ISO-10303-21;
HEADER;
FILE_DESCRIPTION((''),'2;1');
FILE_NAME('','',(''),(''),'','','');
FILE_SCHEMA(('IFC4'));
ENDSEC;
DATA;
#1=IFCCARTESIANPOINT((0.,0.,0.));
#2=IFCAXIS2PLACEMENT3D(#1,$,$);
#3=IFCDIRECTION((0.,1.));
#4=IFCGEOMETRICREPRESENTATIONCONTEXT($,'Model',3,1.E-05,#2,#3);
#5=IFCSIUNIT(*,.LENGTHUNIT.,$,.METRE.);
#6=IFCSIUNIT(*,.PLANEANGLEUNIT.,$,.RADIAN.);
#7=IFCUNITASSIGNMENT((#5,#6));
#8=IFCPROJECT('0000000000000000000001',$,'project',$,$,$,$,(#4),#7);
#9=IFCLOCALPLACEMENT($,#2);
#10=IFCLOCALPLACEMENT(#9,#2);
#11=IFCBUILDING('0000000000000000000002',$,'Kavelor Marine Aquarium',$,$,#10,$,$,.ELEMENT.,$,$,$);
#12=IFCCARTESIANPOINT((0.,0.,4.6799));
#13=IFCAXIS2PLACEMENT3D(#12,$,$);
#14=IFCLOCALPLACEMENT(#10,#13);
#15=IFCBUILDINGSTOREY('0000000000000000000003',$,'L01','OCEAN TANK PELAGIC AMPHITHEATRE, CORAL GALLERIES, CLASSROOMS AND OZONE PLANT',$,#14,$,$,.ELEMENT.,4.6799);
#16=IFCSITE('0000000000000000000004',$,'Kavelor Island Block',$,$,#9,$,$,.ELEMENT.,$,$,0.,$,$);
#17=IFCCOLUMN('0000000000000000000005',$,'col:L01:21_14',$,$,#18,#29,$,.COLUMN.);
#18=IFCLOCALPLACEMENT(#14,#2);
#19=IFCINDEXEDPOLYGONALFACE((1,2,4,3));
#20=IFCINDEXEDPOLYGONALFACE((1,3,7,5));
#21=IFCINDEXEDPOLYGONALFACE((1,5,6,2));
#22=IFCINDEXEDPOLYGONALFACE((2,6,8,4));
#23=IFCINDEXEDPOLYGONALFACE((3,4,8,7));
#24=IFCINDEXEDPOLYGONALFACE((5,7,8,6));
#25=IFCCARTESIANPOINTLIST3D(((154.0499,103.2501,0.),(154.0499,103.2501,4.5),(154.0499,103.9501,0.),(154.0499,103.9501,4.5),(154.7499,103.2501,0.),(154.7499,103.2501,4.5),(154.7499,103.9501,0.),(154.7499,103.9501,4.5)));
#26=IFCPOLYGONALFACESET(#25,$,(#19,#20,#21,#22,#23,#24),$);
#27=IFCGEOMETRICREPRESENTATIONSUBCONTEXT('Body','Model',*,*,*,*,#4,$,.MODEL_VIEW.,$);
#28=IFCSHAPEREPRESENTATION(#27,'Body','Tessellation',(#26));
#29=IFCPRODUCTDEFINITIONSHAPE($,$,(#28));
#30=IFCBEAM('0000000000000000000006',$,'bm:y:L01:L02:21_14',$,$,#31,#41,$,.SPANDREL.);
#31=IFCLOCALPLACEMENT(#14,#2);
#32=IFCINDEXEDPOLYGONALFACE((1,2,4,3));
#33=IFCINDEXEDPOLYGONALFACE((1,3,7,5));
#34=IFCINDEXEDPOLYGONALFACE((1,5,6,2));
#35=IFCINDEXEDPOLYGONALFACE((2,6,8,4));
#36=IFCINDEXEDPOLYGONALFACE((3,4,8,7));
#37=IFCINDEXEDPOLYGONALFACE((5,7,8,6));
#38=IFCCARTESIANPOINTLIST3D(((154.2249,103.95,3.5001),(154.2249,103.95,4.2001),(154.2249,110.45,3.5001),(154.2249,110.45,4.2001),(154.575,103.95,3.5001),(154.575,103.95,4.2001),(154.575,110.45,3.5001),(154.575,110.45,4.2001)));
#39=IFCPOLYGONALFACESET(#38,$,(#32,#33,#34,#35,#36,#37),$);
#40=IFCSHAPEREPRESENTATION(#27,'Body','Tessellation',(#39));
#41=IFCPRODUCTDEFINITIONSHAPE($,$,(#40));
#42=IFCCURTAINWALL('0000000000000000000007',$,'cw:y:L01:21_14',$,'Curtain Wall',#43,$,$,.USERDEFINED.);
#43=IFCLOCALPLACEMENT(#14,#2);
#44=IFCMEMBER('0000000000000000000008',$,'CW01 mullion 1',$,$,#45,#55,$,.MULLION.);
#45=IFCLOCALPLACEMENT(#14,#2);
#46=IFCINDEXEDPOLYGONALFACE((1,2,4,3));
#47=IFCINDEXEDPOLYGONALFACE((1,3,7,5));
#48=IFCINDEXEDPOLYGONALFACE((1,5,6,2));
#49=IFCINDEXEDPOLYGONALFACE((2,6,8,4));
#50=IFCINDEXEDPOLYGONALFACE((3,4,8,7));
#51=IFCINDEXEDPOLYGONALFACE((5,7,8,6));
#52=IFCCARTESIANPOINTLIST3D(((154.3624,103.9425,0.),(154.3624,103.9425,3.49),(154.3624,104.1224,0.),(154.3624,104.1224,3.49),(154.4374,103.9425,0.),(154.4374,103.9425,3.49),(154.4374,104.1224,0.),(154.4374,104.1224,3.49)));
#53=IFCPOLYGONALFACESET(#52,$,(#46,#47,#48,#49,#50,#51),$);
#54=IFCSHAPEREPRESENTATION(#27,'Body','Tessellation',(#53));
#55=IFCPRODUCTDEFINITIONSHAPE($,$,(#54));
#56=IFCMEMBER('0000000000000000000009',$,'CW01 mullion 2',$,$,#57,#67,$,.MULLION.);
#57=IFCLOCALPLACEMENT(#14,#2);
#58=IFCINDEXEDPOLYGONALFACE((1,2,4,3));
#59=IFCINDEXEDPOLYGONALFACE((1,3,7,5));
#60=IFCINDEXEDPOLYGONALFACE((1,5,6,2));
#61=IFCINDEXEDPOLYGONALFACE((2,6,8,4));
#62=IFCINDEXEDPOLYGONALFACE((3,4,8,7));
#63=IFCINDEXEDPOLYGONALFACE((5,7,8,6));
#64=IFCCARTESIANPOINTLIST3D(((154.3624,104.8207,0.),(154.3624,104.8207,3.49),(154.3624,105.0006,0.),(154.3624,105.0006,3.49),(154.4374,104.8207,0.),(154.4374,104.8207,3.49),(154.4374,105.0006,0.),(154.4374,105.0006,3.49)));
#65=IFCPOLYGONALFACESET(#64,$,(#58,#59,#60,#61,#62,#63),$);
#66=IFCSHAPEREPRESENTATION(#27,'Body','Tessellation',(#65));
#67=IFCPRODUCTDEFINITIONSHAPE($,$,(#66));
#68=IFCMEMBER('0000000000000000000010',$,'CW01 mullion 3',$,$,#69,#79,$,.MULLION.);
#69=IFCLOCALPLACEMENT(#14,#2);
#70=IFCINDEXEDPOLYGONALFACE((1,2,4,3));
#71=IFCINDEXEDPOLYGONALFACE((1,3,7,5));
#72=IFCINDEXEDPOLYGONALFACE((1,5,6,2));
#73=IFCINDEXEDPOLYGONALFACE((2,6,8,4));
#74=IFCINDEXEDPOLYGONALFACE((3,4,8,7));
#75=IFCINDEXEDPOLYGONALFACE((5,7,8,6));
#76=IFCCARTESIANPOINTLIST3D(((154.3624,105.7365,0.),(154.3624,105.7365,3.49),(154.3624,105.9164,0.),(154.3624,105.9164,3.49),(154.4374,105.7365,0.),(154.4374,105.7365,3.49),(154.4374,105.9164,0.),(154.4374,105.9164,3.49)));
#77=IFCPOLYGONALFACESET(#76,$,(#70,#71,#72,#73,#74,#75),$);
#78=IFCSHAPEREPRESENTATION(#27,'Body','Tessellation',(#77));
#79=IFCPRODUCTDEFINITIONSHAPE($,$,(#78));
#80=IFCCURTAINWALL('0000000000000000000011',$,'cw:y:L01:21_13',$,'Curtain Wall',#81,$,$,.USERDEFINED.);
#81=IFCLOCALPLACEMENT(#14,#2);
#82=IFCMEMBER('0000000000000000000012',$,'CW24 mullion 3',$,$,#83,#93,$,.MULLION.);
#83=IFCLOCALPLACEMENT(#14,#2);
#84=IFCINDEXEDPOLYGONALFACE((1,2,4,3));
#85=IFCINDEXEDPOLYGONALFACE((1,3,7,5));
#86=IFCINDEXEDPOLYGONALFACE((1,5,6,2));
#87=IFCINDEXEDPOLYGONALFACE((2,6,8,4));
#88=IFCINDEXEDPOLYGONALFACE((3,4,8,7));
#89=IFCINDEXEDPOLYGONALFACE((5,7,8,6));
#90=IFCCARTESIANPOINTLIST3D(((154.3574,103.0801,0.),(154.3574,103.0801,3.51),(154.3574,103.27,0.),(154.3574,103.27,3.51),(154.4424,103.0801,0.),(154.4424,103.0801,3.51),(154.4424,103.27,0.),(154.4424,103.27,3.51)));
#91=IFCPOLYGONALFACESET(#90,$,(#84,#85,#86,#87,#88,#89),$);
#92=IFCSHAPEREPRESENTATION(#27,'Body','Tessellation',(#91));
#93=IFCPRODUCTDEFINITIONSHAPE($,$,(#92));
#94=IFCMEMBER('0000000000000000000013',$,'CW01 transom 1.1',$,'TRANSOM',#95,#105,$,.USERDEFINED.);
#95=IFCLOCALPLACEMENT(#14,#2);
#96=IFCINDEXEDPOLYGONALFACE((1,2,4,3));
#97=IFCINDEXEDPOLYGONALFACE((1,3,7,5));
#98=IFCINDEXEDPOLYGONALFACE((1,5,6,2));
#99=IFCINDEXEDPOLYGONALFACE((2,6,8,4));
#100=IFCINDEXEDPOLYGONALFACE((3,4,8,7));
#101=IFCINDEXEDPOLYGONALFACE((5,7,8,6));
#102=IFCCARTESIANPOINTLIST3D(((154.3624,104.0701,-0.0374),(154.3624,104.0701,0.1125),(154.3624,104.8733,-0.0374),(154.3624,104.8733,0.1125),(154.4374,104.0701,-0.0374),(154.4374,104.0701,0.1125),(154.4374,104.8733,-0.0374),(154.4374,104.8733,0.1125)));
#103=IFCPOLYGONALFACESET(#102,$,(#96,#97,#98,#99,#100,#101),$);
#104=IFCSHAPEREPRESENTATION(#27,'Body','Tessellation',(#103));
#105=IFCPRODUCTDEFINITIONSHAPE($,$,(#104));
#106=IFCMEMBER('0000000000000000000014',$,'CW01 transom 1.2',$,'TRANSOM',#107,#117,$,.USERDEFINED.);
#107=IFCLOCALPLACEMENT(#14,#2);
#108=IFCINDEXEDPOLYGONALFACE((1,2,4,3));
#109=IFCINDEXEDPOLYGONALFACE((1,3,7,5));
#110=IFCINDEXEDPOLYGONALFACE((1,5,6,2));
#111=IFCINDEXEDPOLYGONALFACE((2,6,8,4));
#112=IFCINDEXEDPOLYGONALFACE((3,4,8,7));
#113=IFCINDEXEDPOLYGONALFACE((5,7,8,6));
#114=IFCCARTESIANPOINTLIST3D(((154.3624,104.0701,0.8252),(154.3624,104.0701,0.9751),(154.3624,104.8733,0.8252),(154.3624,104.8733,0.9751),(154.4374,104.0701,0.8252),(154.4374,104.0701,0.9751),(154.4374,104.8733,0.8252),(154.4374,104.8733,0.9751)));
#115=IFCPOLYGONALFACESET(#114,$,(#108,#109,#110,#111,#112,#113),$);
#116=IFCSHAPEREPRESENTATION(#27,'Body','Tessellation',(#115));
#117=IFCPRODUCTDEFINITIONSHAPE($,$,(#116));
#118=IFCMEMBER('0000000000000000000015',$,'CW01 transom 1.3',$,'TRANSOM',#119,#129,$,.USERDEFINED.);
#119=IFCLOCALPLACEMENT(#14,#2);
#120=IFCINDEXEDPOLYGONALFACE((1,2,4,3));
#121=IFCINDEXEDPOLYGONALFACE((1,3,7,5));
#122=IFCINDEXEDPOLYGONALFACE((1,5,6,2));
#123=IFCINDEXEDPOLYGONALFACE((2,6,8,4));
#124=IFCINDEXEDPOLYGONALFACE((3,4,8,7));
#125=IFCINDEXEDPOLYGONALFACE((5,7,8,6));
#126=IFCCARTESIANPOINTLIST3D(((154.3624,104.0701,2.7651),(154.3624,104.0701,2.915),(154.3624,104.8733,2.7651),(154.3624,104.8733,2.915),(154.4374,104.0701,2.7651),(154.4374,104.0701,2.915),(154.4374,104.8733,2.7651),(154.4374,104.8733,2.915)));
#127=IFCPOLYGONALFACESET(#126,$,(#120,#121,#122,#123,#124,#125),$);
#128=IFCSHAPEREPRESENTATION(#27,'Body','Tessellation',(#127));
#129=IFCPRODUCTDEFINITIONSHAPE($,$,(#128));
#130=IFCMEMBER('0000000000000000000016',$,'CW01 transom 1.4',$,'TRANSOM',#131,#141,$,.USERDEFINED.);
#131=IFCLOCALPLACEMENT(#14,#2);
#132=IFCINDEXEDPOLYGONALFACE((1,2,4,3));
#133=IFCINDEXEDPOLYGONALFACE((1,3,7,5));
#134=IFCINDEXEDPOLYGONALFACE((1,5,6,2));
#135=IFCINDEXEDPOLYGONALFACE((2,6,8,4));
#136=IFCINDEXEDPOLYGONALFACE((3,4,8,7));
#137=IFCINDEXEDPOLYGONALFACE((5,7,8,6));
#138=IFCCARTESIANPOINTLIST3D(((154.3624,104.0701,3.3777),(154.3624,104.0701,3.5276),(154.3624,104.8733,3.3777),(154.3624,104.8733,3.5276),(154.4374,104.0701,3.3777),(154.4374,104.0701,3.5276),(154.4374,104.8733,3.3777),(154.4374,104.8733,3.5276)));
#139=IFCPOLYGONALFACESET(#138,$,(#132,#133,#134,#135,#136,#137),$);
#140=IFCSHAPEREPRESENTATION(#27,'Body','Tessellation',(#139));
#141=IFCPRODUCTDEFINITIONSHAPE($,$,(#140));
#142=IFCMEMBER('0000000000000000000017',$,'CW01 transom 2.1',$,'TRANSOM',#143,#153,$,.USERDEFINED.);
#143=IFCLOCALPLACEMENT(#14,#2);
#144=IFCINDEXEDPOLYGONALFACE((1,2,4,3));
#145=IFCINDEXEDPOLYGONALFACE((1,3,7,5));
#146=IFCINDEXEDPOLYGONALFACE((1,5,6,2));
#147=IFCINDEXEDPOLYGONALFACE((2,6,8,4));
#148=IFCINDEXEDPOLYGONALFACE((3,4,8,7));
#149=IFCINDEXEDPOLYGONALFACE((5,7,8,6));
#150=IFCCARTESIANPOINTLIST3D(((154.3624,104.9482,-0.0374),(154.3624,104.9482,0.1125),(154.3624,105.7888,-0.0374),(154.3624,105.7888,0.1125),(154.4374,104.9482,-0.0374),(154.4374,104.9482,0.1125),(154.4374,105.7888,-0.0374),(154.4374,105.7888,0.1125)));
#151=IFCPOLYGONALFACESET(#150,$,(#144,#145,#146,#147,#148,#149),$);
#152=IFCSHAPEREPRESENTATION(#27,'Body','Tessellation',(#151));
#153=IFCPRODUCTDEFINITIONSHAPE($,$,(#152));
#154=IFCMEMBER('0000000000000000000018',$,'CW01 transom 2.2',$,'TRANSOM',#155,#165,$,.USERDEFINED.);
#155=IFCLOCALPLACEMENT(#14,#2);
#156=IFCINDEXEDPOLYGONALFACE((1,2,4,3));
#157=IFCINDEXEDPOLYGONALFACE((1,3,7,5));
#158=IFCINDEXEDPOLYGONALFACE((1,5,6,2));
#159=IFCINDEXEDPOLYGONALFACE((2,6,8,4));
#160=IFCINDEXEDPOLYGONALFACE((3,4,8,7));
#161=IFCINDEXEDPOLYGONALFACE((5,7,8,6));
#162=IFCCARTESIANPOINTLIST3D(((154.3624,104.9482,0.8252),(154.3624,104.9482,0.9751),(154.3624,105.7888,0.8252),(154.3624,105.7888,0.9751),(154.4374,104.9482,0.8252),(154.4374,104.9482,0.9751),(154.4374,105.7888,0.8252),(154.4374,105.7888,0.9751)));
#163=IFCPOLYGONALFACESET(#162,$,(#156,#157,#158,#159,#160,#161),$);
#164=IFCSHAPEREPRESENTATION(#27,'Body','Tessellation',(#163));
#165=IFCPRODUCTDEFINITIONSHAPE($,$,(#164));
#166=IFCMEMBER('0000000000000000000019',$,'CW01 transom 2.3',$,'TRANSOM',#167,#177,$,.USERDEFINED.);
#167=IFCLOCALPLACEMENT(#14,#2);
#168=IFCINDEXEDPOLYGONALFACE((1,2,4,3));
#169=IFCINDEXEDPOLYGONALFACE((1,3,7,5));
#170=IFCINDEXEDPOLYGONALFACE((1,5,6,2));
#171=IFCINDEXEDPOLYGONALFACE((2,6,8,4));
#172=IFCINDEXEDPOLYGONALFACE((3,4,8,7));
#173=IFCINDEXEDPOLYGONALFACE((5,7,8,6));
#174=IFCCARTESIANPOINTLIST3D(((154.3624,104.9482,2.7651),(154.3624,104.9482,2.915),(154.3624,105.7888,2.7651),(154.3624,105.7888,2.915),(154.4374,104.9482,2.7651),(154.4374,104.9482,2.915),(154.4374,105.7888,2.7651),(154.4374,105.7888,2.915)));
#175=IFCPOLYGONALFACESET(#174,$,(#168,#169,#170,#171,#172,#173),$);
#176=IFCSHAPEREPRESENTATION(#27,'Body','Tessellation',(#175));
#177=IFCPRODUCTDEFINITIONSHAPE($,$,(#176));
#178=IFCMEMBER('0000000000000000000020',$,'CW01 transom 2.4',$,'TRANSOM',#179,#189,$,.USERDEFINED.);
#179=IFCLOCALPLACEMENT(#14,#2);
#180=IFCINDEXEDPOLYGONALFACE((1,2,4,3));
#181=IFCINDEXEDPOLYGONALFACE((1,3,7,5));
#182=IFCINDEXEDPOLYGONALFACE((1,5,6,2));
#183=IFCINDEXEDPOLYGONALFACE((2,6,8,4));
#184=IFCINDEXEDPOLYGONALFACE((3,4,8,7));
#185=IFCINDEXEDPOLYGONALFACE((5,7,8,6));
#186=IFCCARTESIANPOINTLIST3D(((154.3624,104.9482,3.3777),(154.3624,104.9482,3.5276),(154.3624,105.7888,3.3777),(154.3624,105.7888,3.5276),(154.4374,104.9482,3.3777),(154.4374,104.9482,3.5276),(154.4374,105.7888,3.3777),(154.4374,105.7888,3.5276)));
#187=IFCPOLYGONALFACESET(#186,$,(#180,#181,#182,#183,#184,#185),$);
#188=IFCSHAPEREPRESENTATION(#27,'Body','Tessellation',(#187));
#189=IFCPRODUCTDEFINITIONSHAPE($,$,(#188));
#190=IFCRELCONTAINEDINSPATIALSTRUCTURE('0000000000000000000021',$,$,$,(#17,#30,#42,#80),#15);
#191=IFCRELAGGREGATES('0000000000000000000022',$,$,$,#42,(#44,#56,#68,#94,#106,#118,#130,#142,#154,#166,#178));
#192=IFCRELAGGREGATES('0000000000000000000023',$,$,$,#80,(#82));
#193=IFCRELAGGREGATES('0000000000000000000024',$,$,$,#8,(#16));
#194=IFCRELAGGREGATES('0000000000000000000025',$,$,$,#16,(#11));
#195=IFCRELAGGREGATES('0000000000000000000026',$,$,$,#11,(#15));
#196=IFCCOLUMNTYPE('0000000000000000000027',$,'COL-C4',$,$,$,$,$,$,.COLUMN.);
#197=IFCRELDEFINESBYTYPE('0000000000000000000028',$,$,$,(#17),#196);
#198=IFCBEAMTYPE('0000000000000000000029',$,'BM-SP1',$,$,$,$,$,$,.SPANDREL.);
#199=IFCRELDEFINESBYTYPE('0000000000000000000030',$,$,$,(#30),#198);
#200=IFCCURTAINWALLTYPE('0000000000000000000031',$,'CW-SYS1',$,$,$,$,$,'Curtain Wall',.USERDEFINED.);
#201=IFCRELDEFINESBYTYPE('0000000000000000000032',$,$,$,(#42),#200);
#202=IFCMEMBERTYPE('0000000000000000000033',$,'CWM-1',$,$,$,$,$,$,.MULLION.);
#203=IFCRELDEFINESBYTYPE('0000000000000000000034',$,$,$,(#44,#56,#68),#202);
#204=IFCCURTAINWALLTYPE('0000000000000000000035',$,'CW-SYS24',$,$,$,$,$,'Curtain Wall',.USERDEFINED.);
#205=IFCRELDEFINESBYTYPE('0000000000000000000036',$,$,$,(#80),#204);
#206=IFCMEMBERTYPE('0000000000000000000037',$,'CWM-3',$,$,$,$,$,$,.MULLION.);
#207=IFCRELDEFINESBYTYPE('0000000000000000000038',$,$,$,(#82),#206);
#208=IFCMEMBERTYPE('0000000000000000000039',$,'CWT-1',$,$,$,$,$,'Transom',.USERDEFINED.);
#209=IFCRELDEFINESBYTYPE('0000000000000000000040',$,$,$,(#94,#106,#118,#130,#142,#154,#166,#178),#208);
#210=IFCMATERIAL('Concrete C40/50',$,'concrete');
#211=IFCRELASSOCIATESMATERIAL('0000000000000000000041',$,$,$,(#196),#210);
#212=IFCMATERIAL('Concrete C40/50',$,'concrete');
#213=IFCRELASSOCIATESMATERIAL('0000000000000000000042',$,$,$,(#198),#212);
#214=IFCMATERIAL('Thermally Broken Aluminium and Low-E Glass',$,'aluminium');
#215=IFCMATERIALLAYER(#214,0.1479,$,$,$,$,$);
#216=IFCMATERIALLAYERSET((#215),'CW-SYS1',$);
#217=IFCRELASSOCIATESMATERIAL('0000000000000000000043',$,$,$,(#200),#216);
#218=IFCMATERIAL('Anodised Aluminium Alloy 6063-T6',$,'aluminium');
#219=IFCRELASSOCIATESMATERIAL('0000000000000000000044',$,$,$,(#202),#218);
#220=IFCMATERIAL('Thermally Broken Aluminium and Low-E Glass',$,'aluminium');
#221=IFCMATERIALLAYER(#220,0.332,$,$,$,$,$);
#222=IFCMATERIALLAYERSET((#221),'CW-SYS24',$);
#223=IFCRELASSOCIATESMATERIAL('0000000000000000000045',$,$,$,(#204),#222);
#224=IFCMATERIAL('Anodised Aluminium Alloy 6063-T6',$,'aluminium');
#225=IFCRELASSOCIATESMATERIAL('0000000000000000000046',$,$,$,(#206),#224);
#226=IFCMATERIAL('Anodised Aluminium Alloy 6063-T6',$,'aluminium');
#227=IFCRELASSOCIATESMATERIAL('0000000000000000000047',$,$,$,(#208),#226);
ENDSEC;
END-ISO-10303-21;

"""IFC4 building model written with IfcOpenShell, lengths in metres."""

from ifc_helpers import new_model, si_unit, direction, frame, origin, origin_2d, place, context, subcontext, project, spatial, rectangle, extrude, material, layer, layer_set, material_profile, profile_set, type_object, element, aggregate, save


model = new_model("IFC4")

# Units and contexts
model_context = context("Model", 3, precision=1e-05, world=origin(), true_north=direction((0.0, 1.0)))
body_context = subcontext(model_context, "Body", "Model", "MODEL_VIEW")
ifc_project = project(units=[si_unit("LENGTHUNIT", "METRE"), si_unit("PLANEANGLEUNIT", "RADIAN")], contexts=[model_context])

# Site, building, storey
site_placement = place(None, origin())
site = spatial("IfcSite", under=ifc_project, at=site_placement, Name="Kavelor Island Block", CompositionType="ELEMENT", RefElevation=0.0)
building_placement = place(site_placement, origin())
building = spatial("IfcBuilding", under=site, at=building_placement, Name="Kavelor Marine Aquarium", CompositionType="ELEMENT")
storey_placement = place(building_placement, frame((0.0, 0.0, 4.6799)))
storey = spatial("IfcBuildingStorey", under=building, at=storey_placement, Name="L01", Description="OCEAN TANK PELAGIC AMPHITHEATRE, CORAL GALLERIES, CLASSROOMS AND OZONE PLANT", CompositionType="ELEMENT", Elevation=4.6799)

# Column
ifc_material_1 = material(Name="Concrete C40/50", Category="concrete")
ifc_material_profile_1 = material_profile(ifc_material_1, rectangle(XDim=0.7, YDim=0.7, at=origin_2d()), Name="RC-COL 700x700")
ifc_profile_set_1 = profile_set([ifc_material_profile_1], Name="Concrete C40/50")
column_type = type_object("IfcColumnType", Name="COL-C4", PredefinedType="COLUMN", material=ifc_profile_set_1)
column_placement = place(storey_placement, frame((154.3999, 103.6001, 0.0), z_axis=(0.0, 0.0, 1.0), x_axis=(1.0, 0.0, 0.0)))
element("IfcColumn", 1, at=column_placement, inside=storey, type_object=column_type, Name="col:L01:21_14", PredefinedType="COLUMN", context=body_context, shape_type="SweptSolid", body=[
    extrude(rectangle(XDim=0.7, YDim=0.7, at=origin_2d()), origin(), (0.0, 0.0, 1.0), 4.5),
])

# Beam
ifc_material_2 = material(Name="Concrete C40/50", Category="concrete")
ifc_material_profile_2 = material_profile(ifc_material_2, rectangle(XDim=0.3501, YDim=0.7, at=origin_2d()), Name="RC-SP 350x700")
ifc_profile_set_2 = profile_set([ifc_material_profile_2], Name="Concrete C40/50")
beam_type = type_object("IfcBeamType", Name="BM-SP1", PredefinedType="SPANDREL", material=ifc_profile_set_2)
beam_placement = place(storey_placement, frame((154.3999, 103.95, 3.8501), z_axis=(0.0, 1.0, 0.0), x_axis=(-1.0, 0.0, 0.0)))
element("IfcBeam", 2, at=beam_placement, inside=storey, type_object=beam_type, Name="bm:y:L01:L02:21_14", PredefinedType="SPANDREL", context=body_context, shape_type="SweptSolid", body=[
    extrude(rectangle(XDim=0.3501, YDim=0.7, at=origin_2d()), origin(), (0.0, 0.0, 1.0), 6.5),
])

# Curtain wall, members
ifc_material_3 = material(Name="Thermally Broken Aluminium and Low-E Glass", Category="aluminium")
ifc_layer_1 = layer(ifc_material_3, 0.1479)
ifc_layer_set_1 = layer_set([ifc_layer_1], Name="CW-SYS1")
curtain_wall_type_1 = type_object("IfcCurtainWallType", Name="CW-SYS1", ElementType="Curtain Wall", PredefinedType="USERDEFINED", material=ifc_layer_set_1)
curtain_wall_1_placement = place(storey_placement, origin())
curtain_wall_1 = element("IfcCurtainWall", 3, at=curtain_wall_1_placement, inside=storey, type_object=curtain_wall_type_1, Name="cw:y:L01:21_14", ObjectType="Curtain Wall", PredefinedType="USERDEFINED")
ifc_material_4 = material(Name="Anodised Aluminium Alloy 6063-T6", Category="aluminium")
ifc_material_profile_3 = material_profile(ifc_material_4, rectangle(XDim=0.075, YDim=0.1799, at=origin_2d()), Name="CW-MUL 75x180")
ifc_profile_set_3 = profile_set([ifc_material_profile_3], Name="Anodised Aluminium Alloy 6063-T6")
member_type_1 = type_object("IfcMemberType", Name="CWM-1", PredefinedType="MULLION", material=ifc_profile_set_3)
member_1_placement = place(storey_placement, frame((154.3999, 104.0325, 0.0), z_axis=(0.0, 0.0, 1.0), x_axis=(-1.0, 0.0, 0.0)))
member_1 = element("IfcMember", 4, at=member_1_placement, type_object=member_type_1, Name="CW01 mullion 1", PredefinedType="MULLION", context=body_context, shape_type="SweptSolid", body=[
    extrude(rectangle(XDim=0.075, YDim=0.1799, at=origin_2d()), origin(), (0.0, 0.0, 1.0), 3.49),
])
member_2_placement = place(storey_placement, frame((154.3999, 104.9106, 0.0), z_axis=(0.0, 0.0, 1.0), x_axis=(-1.0, 0.0, 0.0)))
member_2 = element("IfcMember", 5, at=member_2_placement, type_object=member_type_1, Name="CW01 mullion 2", PredefinedType="MULLION", context=body_context, shape_type="SweptSolid", body=[
    extrude(rectangle(XDim=0.075, YDim=0.1799, at=origin_2d()), origin(), (0.0, 0.0, 1.0), 3.49),
])
member_3_placement = place(storey_placement, frame((154.3999, 105.8264, 0.0), z_axis=(0.0, 0.0, 1.0), x_axis=(-1.0, 0.0, 0.0)))
member_3 = element("IfcMember", 6, at=member_3_placement, type_object=member_type_1, Name="CW01 mullion 3", PredefinedType="MULLION", context=body_context, shape_type="SweptSolid", body=[
    extrude(rectangle(XDim=0.075, YDim=0.1799, at=origin_2d()), origin(), (0.0, 0.0, 1.0), 3.49),
])

# Curtain wall, member
ifc_material_5 = material(Name="Thermally Broken Aluminium and Low-E Glass", Category="aluminium")
ifc_layer_2 = layer(ifc_material_5, 0.332)
ifc_layer_set_2 = layer_set([ifc_layer_2], Name="CW-SYS24")
curtain_wall_type_2 = type_object("IfcCurtainWallType", Name="CW-SYS24", ElementType="Curtain Wall", PredefinedType="USERDEFINED", material=ifc_layer_set_2)
curtain_wall_2_placement = place(storey_placement, origin())
curtain_wall_2 = element("IfcCurtainWall", 7, at=curtain_wall_2_placement, inside=storey, type_object=curtain_wall_type_2, Name="cw:y:L01:21_13", ObjectType="Curtain Wall", PredefinedType="USERDEFINED")
ifc_material_6 = material(Name="Anodised Aluminium Alloy 6063-T6", Category="aluminium")
ifc_material_profile_4 = material_profile(ifc_material_6, rectangle(XDim=0.085, YDim=0.1899, at=origin_2d()), Name="CW-MUL 85x190")
ifc_profile_set_4 = profile_set([ifc_material_profile_4], Name="Anodised Aluminium Alloy 6063-T6")
member_type_2 = type_object("IfcMemberType", Name="CWM-3", PredefinedType="MULLION", material=ifc_profile_set_4)
member_4_placement = place(storey_placement, frame((154.3999, 103.175, 0.0), z_axis=(0.0, 0.0, 1.0), x_axis=(-1.0, 0.0, 0.0)))
member_4 = element("IfcMember", 8, at=member_4_placement, type_object=member_type_2, Name="CW24 mullion 3", PredefinedType="MULLION", context=body_context, shape_type="SweptSolid", body=[
    extrude(rectangle(XDim=0.085, YDim=0.1899, at=origin_2d()), origin(), (0.0, 0.0, 1.0), 3.51),
])

# Members
ifc_material_7 = material(Name="Anodised Aluminium Alloy 6063-T6", Category="aluminium")
ifc_material_profile_5 = material_profile(ifc_material_7, rectangle(XDim=0.075, YDim=0.1499, at=origin_2d()), Name="CW-TRN 75x150")
ifc_profile_set_5 = profile_set([ifc_material_profile_5], Name="Anodised Aluminium Alloy 6063-T6")
member_type_3 = type_object("IfcMemberType", Name="CWT-1", ElementType="Transom", PredefinedType="USERDEFINED", material=ifc_profile_set_5)
member_5_placement = place(storey_placement, frame((154.3999, 104.0701, 0.0376), z_axis=(0.0, 1.0, 0.0), x_axis=(-1.0, 0.0, 0.0)))
member_5 = element("IfcMember", 9, at=member_5_placement, type_object=member_type_3, Name="CW01 transom 1.1", ObjectType="TRANSOM", PredefinedType="USERDEFINED", context=body_context, shape_type="SweptSolid", body=[
    extrude(rectangle(XDim=0.075, YDim=0.1499, at=origin_2d()), origin(), (0.0, 0.0, 1.0), 0.8032),
])
member_6_placement = place(storey_placement, frame((154.3999, 104.0701, 0.9001), z_axis=(0.0, 1.0, 0.0), x_axis=(-1.0, 0.0, 0.0)))
member_6 = element("IfcMember", 10, at=member_6_placement, type_object=member_type_3, Name="CW01 transom 1.2", ObjectType="TRANSOM", PredefinedType="USERDEFINED", context=body_context, shape_type="SweptSolid", body=[
    extrude(rectangle(XDim=0.075, YDim=0.1499, at=origin_2d()), origin(), (0.0, 0.0, 1.0), 0.8032),
])
member_7_placement = place(storey_placement, frame((154.3999, 104.0701, 2.8401), z_axis=(0.0, 1.0, 0.0), x_axis=(-1.0, 0.0, 0.0)))
member_7 = element("IfcMember", 11, at=member_7_placement, type_object=member_type_3, Name="CW01 transom 1.3", ObjectType="TRANSOM", PredefinedType="USERDEFINED", context=body_context, shape_type="SweptSolid", body=[
    extrude(rectangle(XDim=0.075, YDim=0.1499, at=origin_2d()), origin(), (0.0, 0.0, 1.0), 0.8032),
])
member_8_placement = place(storey_placement, frame((154.3999, 104.0701, 3.4526), z_axis=(0.0, 1.0, 0.0), x_axis=(-1.0, 0.0, 0.0)))
member_8 = element("IfcMember", 12, at=member_8_placement, type_object=member_type_3, Name="CW01 transom 1.4", ObjectType="TRANSOM", PredefinedType="USERDEFINED", context=body_context, shape_type="SweptSolid", body=[
    extrude(rectangle(XDim=0.075, YDim=0.1499, at=origin_2d()), origin(), (0.0, 0.0, 1.0), 0.8032),
])
member_9_placement = place(storey_placement, frame((154.3999, 104.9482, 0.0376), z_axis=(0.0, 1.0, 0.0), x_axis=(-1.0, 0.0, 0.0)))
member_9 = element("IfcMember", 13, at=member_9_placement, type_object=member_type_3, Name="CW01 transom 2.1", ObjectType="TRANSOM", PredefinedType="USERDEFINED", context=body_context, shape_type="SweptSolid", body=[
    extrude(rectangle(XDim=0.075, YDim=0.1499, at=origin_2d()), origin(), (0.0, 0.0, 1.0), 0.8406),
])
member_10_placement = place(storey_placement, frame((154.3999, 104.9482, 0.9001), z_axis=(0.0, 1.0, 0.0), x_axis=(-1.0, 0.0, 0.0)))
member_10 = element("IfcMember", 14, at=member_10_placement, type_object=member_type_3, Name="CW01 transom 2.2", ObjectType="TRANSOM", PredefinedType="USERDEFINED", context=body_context, shape_type="SweptSolid", body=[
    extrude(rectangle(XDim=0.075, YDim=0.1499, at=origin_2d()), origin(), (0.0, 0.0, 1.0), 0.8406),
])
member_11_placement = place(storey_placement, frame((154.3999, 104.9482, 2.8401), z_axis=(0.0, 1.0, 0.0), x_axis=(-1.0, 0.0, 0.0)))
member_11 = element("IfcMember", 15, at=member_11_placement, type_object=member_type_3, Name="CW01 transom 2.3", ObjectType="TRANSOM", PredefinedType="USERDEFINED", context=body_context, shape_type="SweptSolid", body=[
    extrude(rectangle(XDim=0.075, YDim=0.1499, at=origin_2d()), origin(), (0.0, 0.0, 1.0), 0.8406),
])
member_12_placement = place(storey_placement, frame((154.3999, 104.9482, 3.4526), z_axis=(0.0, 1.0, 0.0), x_axis=(-1.0, 0.0, 0.0)))
member_12 = element("IfcMember", 16, at=member_12_placement, type_object=member_type_3, Name="CW01 transom 2.4", ObjectType="TRANSOM", PredefinedType="USERDEFINED", context=body_context, shape_type="SweptSolid", body=[
    extrude(rectangle(XDim=0.075, YDim=0.1499, at=origin_2d()), origin(), (0.0, 0.0, 1.0), 0.8406),
])

aggregate(curtain_wall_1, [member_1, member_2, member_3, member_5, member_6, member_7, member_8, member_9, member_10, member_11, member_12])
aggregate(curtain_wall_2, [member_4])

save(model, "model.ifc")
